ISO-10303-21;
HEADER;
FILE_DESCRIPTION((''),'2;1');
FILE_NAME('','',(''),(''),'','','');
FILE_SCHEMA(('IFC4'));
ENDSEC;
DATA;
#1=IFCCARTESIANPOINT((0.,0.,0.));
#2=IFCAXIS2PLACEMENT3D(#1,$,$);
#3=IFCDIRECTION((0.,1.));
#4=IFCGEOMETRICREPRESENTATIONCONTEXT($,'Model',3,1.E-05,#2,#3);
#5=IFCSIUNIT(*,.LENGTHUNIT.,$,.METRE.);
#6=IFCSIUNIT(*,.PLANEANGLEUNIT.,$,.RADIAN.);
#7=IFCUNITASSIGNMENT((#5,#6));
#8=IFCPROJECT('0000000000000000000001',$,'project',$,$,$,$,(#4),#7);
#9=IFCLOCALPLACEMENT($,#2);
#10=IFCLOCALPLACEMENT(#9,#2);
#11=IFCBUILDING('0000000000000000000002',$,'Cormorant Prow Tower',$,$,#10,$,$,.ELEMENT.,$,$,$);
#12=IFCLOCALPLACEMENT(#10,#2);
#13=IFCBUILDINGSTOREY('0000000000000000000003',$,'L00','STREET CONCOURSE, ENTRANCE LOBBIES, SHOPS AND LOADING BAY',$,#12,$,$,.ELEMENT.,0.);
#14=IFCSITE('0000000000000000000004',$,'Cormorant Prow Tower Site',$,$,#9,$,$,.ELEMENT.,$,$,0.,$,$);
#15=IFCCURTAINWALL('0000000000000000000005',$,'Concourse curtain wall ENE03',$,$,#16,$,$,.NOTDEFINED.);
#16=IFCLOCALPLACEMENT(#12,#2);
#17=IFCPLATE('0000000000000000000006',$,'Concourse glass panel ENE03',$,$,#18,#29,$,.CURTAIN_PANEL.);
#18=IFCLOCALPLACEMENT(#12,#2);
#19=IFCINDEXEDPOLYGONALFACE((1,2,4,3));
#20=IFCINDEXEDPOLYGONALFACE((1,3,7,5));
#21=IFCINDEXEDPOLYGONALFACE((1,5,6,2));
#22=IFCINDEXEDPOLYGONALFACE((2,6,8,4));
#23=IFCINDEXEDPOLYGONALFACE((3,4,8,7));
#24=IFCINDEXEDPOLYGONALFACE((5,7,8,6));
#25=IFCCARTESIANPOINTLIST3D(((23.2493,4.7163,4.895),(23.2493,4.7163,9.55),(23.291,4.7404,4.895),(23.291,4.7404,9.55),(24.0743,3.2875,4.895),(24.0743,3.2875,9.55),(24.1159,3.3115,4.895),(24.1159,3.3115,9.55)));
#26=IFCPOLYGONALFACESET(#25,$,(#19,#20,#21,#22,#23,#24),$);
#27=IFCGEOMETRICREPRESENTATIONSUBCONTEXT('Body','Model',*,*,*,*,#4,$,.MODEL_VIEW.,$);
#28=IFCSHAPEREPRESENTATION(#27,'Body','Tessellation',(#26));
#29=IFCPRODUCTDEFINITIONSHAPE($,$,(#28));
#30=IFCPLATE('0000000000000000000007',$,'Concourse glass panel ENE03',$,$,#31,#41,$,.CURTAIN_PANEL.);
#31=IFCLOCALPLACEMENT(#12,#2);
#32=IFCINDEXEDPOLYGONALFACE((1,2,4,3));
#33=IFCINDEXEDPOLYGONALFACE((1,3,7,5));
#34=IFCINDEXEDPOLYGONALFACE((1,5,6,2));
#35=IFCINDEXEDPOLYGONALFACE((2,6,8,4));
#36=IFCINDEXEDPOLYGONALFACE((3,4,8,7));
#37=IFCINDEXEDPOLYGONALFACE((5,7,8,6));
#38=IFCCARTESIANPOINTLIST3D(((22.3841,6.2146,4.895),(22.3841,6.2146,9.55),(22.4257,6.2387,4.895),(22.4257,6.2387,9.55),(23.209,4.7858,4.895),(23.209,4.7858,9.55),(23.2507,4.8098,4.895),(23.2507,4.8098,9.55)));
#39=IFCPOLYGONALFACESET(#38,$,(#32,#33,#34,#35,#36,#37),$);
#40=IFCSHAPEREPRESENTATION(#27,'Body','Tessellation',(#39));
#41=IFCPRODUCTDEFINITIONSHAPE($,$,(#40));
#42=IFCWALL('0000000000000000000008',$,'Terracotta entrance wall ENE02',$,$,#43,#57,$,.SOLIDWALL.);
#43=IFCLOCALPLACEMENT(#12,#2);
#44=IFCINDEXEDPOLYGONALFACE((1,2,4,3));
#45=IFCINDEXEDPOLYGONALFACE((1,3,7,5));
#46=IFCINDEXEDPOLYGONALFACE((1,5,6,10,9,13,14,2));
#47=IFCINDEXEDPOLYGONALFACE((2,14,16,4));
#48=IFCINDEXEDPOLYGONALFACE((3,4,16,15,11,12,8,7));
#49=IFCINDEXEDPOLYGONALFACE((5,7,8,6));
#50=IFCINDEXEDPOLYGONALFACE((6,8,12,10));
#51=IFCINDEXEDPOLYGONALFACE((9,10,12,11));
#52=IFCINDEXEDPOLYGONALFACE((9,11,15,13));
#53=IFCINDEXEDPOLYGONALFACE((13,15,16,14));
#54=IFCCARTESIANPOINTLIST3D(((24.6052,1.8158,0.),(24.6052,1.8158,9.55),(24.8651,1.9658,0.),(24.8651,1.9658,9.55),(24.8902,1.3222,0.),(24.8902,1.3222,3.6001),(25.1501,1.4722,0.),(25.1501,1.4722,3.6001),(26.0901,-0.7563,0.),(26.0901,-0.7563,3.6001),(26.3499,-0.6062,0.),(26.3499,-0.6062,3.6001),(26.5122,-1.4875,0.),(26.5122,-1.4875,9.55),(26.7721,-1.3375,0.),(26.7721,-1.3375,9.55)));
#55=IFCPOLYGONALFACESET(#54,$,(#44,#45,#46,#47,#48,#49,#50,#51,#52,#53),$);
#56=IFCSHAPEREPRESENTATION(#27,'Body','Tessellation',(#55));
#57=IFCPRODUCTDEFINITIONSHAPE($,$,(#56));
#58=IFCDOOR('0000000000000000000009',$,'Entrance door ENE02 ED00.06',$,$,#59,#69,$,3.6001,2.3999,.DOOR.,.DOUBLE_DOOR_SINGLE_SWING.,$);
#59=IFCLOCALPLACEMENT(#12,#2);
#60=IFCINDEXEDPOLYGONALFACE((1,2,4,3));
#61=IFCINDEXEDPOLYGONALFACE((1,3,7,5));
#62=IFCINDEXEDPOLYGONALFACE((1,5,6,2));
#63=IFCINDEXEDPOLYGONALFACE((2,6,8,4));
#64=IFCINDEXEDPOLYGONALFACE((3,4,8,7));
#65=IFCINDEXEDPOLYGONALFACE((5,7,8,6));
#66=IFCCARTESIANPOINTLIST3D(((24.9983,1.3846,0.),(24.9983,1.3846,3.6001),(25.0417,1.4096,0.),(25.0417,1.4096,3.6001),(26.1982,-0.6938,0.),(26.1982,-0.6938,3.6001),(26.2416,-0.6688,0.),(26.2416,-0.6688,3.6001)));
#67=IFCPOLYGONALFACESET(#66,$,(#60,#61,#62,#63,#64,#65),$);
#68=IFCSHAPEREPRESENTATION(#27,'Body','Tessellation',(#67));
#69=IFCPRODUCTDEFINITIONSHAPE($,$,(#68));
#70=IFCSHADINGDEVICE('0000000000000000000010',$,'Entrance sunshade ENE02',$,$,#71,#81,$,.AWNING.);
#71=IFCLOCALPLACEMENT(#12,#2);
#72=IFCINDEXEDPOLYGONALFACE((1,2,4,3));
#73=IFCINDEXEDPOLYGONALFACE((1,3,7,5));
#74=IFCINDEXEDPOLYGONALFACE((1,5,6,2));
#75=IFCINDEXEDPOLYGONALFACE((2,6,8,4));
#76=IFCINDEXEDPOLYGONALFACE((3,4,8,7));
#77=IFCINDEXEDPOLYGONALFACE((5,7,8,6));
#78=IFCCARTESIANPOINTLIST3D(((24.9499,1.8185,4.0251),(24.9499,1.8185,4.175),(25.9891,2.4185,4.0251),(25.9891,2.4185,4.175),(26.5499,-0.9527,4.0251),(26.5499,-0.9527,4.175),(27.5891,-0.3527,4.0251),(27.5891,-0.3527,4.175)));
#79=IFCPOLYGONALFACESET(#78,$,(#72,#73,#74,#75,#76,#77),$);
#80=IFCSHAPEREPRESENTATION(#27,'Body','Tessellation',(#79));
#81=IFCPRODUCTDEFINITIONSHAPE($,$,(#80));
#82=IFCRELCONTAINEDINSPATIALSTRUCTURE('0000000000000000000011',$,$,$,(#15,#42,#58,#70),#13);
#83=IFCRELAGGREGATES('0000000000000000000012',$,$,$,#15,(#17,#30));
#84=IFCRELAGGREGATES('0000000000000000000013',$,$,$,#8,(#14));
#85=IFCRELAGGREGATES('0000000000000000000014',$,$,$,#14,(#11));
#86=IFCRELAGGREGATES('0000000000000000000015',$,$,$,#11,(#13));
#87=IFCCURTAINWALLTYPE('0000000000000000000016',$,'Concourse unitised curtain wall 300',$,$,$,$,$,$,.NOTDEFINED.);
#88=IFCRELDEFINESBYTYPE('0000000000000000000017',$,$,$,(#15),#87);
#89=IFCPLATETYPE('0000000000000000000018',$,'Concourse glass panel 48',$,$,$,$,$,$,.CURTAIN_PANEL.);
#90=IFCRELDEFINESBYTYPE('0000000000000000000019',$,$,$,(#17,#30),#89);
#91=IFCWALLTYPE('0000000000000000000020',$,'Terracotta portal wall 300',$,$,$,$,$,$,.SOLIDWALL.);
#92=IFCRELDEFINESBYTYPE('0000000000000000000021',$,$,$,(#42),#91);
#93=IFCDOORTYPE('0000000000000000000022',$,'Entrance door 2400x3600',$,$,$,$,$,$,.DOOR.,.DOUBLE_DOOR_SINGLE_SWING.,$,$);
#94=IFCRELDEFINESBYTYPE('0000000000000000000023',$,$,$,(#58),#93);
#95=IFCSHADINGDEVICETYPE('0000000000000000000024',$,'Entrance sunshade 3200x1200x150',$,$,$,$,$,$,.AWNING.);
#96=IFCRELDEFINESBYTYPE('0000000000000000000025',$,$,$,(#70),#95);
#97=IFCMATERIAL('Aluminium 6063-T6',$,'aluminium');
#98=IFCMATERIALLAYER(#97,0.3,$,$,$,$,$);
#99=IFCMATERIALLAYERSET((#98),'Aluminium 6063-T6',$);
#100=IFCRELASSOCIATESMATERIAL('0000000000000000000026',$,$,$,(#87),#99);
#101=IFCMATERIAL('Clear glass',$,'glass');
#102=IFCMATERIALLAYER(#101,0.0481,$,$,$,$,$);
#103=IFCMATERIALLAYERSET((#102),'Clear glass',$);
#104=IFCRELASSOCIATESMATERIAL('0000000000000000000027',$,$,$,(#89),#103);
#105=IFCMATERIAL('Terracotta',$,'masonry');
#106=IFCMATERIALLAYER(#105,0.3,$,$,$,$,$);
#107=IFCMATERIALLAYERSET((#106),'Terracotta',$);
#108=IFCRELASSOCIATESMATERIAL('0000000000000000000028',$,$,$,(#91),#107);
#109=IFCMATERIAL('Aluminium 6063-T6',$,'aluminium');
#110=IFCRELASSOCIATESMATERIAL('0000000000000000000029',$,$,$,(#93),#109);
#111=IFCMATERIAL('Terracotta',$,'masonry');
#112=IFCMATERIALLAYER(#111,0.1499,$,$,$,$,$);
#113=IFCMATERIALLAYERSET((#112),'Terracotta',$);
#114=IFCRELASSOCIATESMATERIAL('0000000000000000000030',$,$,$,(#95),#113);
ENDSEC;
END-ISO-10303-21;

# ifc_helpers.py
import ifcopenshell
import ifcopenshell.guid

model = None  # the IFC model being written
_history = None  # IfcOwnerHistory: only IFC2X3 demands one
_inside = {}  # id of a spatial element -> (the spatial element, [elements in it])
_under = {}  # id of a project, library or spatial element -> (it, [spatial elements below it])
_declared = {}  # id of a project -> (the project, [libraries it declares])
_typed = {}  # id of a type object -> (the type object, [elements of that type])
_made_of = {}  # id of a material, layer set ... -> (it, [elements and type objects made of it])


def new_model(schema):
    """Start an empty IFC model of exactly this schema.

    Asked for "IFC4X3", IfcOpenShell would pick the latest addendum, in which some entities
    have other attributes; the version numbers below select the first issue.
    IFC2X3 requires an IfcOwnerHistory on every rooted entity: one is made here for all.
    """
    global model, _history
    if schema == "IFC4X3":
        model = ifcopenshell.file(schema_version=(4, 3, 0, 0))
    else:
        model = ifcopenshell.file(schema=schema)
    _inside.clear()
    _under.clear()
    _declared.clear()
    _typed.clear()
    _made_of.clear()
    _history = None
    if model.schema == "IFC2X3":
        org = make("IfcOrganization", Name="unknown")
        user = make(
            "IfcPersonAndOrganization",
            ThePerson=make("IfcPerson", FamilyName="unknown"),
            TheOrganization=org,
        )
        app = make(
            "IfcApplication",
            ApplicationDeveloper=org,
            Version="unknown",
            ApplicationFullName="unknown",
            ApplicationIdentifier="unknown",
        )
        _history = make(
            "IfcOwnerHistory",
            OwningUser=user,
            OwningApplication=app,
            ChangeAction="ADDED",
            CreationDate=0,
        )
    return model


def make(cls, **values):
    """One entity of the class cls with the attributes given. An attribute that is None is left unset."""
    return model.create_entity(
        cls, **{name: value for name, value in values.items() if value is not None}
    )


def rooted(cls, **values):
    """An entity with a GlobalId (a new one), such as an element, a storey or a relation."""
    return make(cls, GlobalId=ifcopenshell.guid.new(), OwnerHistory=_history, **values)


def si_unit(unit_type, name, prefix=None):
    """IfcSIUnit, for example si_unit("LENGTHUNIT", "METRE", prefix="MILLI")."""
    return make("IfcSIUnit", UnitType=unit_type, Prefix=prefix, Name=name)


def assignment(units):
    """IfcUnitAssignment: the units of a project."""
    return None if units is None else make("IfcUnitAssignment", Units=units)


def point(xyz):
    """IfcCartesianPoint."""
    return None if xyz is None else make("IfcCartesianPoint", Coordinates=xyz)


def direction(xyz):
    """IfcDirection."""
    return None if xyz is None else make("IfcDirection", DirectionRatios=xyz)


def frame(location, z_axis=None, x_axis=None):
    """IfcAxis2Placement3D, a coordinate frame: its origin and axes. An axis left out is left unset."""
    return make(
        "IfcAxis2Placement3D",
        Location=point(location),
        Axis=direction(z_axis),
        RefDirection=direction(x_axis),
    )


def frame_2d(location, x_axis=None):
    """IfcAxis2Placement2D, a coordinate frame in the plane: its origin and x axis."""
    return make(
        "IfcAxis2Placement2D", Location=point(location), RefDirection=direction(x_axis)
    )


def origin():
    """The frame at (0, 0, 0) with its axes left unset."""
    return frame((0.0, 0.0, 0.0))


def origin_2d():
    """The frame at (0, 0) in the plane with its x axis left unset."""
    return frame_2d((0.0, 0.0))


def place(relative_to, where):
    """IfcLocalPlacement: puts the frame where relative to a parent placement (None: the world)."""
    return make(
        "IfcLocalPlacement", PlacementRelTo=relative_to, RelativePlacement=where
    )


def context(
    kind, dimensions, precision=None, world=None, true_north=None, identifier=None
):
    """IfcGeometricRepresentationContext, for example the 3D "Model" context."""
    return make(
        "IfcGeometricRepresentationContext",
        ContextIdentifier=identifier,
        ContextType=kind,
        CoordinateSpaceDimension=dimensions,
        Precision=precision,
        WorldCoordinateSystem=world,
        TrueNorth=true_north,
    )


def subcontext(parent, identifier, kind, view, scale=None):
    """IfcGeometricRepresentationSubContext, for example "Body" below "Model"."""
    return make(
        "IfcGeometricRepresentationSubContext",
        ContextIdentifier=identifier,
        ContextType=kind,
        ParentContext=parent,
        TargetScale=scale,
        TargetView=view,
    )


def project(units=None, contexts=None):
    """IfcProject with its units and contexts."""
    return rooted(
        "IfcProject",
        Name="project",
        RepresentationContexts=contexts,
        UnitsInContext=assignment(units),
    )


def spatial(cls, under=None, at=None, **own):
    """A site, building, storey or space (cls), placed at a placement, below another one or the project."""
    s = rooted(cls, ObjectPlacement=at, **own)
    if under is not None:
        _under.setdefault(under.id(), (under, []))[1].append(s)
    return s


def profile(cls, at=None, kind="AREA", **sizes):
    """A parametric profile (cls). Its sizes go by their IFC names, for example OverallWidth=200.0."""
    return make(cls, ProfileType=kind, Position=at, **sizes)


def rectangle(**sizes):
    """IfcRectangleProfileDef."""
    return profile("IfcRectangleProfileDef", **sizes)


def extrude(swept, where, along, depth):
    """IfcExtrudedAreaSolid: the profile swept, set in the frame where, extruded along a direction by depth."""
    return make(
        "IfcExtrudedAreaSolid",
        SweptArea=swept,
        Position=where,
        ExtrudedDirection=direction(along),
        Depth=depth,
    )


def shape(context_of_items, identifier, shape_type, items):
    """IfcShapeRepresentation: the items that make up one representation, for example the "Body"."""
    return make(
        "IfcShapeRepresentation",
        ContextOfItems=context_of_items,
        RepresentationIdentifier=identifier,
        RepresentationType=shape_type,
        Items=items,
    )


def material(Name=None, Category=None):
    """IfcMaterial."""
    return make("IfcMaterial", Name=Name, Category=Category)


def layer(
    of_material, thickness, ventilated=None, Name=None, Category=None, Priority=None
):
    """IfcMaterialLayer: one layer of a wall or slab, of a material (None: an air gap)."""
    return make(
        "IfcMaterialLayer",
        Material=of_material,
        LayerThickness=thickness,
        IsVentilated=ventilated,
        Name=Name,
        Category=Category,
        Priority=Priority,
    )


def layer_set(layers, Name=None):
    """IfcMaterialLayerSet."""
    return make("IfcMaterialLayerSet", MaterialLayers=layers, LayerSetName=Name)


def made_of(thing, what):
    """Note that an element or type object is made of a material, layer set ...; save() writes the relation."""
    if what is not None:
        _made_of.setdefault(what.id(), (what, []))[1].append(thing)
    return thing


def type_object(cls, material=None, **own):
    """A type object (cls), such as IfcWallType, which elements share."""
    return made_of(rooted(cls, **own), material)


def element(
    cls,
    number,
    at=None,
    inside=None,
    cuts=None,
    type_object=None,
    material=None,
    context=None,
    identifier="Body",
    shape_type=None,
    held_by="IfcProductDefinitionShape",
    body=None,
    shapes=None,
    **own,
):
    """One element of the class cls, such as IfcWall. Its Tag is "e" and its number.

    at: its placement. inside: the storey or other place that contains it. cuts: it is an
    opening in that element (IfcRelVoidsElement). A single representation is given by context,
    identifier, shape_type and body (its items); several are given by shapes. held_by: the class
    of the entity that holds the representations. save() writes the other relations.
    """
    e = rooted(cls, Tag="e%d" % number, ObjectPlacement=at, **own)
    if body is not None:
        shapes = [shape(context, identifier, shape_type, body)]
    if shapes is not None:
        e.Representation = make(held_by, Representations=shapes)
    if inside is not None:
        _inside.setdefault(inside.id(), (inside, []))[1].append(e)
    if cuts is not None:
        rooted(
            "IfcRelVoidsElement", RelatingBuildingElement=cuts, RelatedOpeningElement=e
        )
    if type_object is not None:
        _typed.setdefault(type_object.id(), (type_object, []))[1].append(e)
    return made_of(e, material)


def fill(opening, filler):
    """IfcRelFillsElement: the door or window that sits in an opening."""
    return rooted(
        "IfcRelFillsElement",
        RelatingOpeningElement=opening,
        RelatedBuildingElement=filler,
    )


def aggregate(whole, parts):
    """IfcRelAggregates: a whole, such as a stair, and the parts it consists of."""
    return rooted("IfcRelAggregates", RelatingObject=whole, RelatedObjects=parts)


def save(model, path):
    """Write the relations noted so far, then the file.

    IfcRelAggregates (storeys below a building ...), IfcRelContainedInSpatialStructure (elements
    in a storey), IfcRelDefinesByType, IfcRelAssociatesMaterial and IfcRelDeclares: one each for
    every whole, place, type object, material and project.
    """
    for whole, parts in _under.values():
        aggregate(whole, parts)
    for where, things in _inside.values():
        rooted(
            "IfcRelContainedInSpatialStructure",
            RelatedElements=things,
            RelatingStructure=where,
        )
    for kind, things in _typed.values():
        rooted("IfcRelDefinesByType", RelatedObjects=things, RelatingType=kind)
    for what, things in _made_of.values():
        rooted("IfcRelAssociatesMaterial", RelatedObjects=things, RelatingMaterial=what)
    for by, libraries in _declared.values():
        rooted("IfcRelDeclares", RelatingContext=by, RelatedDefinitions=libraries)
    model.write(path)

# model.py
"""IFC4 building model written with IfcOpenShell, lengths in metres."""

from ifc_helpers import new_model, si_unit, direction, frame, frame_2d, origin, origin_2d, place, context, subcontext, project, spatial, rectangle, extrude, material, layer, layer_set, type_object, element, fill, aggregate, save


model = new_model("IFC4")

# Units and contexts
model_context = context("Model", 3, precision=1e-05, world=origin(), true_north=direction((0.0, 1.0)))
body_context = subcontext(model_context, "Body", "Model", "MODEL_VIEW")
ifc_project = project(units=[si_unit("LENGTHUNIT", "METRE"), si_unit("PLANEANGLEUNIT", "RADIAN")], contexts=[model_context])

# Site, building, storey
site_placement = place(None, origin())
site = spatial("IfcSite", under=ifc_project, at=site_placement, Name="Cormorant Prow Tower Site", CompositionType="ELEMENT", RefElevation=0.0)
building_placement = place(site_placement, origin())
building = spatial("IfcBuilding", under=site, at=building_placement, Name="Cormorant Prow Tower", CompositionType="ELEMENT")
storey_placement = place(building_placement, origin())
storey = spatial("IfcBuildingStorey", under=building, at=storey_placement, Name="L00", Description="STREET CONCOURSE, ENTRANCE LOBBIES, SHOPS AND LOADING BAY", CompositionType="ELEMENT", Elevation=0.0)

# Curtain wall
ifc_material_1 = material(Name="Aluminium 6063-T6", Category="aluminium")
ifc_layer_1 = layer(ifc_material_1, 0.3)
ifc_layer_set_1 = layer_set([ifc_layer_1], Name="Aluminium 6063-T6")
curtain_wall_type = type_object("IfcCurtainWallType", Name="Concourse unitised curtain wall 300", PredefinedType="NOTDEFINED", material=ifc_layer_set_1)
curtain_wall_1_placement = place(storey_placement, origin())
curtain_wall_1 = element("IfcCurtainWall", 1, at=curtain_wall_1_placement, inside=storey, type_object=curtain_wall_type, Name="Concourse curtain wall ENE03", PredefinedType="NOTDEFINED")

# Plates
ifc_material_2 = material(Name="Clear glass", Category="glass")
ifc_layer_2 = layer(ifc_material_2, 0.0481)
ifc_layer_set_2 = layer_set([ifc_layer_2], Name="Clear glass")
plate_type = type_object("IfcPlateType", Name="Concourse glass panel 48", PredefinedType="CURTAIN_PANEL", material=ifc_layer_set_2)
plate_1_placement = place(storey_placement, frame((23.6826, 4.0139, 4.895), z_axis=(0.0, 0.0, 1.0), x_axis=(-0.5, 0.866025, 0.0)))
plate_1 = element("IfcPlate", 2, at=plate_1_placement, type_object=plate_type, Name="Concourse glass panel ENE03", PredefinedType="CURTAIN_PANEL", context=body_context, shape_type="SweptSolid", body=[
    extrude(rectangle(XDim=1.6499, YDim=0.0481, at=origin_2d()), origin(), (0.0, 0.0, 1.0), 4.655),
])
plate_2_placement = place(storey_placement, frame((22.8174, 5.5122, 4.895), z_axis=(0.0, 0.0, 1.0), x_axis=(-0.5, 0.866025, 0.0)))
plate_2 = element("IfcPlate", 3, at=plate_2_placement, type_object=plate_type, Name="Concourse glass panel ENE03", PredefinedType="CURTAIN_PANEL", context=body_context, shape_type="SweptSolid", body=[
    extrude(rectangle(XDim=1.6499, YDim=0.0481, at=origin_2d()), origin(), (0.0, 0.0, 1.0), 4.655),
])
aggregate(curtain_wall_1, [plate_1, plate_2])

# Wall, opening, door
ifc_material_3 = material(Name="Terracotta", Category="masonry")
ifc_layer_3 = layer(ifc_material_3, 0.3)
ifc_layer_set_3 = layer_set([ifc_layer_3], Name="Terracotta")
wall_type = type_object("IfcWallType", Name="Terracotta portal wall 300", PredefinedType="SOLIDWALL", material=ifc_layer_set_3)
wall_placement = place(storey_placement, frame((24.7351, 1.8909, 0.0), z_axis=(0.0, 0.0, 1.0), x_axis=(0.499974, -0.866041, 0.0)))
wall = element("IfcWall", 4, at=wall_placement, inside=storey, type_object=wall_type, Name="Terracotta entrance wall ENE02", PredefinedType="SOLIDWALL", context=body_context, shape_type="SweptSolid", body=[
    extrude(rectangle(XDim=3.8142, YDim=0.3, at=frame_2d((1.9072, 0.0))), origin(), (0.0, 0.0, 1.0), 9.55),
])
opening_placement = place(wall_placement, frame((0.5701, 0.0, 0.0)))
opening = element("IfcOpeningElement", 5, at=opening_placement, cuts=wall, PredefinedType="OPENING", context=body_context, shape_type="SweptSolid", body=[
    extrude(rectangle(XDim=2.3999, YDim=3.6001, at=frame_2d((1.2, 1.8))), frame((0.0, 0.1599, 0.0), z_axis=(0.0, -1.0, 0.0), x_axis=(1.0, 0.0, 0.0)), (0.0, 0.0, 1.0), 0.3201),
])
ifc_material_4 = material(Name="Aluminium 6063-T6", Category="aluminium")
door_type = type_object("IfcDoorType", Name="Entrance door 2400x3600", OperationType="DOUBLE_DOOR_SINGLE_SWING", PredefinedType="DOOR", material=ifc_material_4)
door_placement = place(opening_placement, origin())
door = element("IfcDoor", 6, at=door_placement, inside=storey, type_object=door_type, Name="Entrance door ENE02 ED00.06", OperationType="DOUBLE_DOOR_SINGLE_SWING", OverallHeight=3.6001, OverallWidth=2.3999, PredefinedType="DOOR", context=body_context, shape_type="SweptSolid", body=[
    extrude(rectangle(XDim=2.3999, YDim=3.6001, at=frame_2d((1.2, 1.8))), frame((0.0, 0.0249, 0.0), z_axis=(0.0, -1.0, 0.0), x_axis=(1.0, 0.0, 0.0)), (0.0, 0.0, 1.0), 0.05),
])
fill(opening, door)

# Shading device
ifc_material_5 = material(Name="Terracotta", Category="masonry")
ifc_layer_4 = layer(ifc_material_5, 0.1499)
ifc_layer_set_4 = layer_set([ifc_layer_4], Name="Terracotta")
shading_device_type = type_object("IfcShadingDeviceType", Name="Entrance sunshade 3200x1200x150", PredefinedType="AWNING", material=ifc_layer_set_4)
shading_device_placement = place(storey_placement, frame((26.2695, 0.7329, 4.0251), z_axis=(0.0, 0.0, 1.0), x_axis=(-0.5, 0.866025, 0.0)))
element("IfcShadingDevice", 7, at=shading_device_placement, inside=storey, type_object=shading_device_type, Name="Entrance sunshade ENE02", PredefinedType="AWNING", context=body_context, shape_type="SweptSolid", body=[
    extrude(rectangle(XDim=3.2, YDim=1.2, at=origin_2d()), origin(), (0.0, 0.0, 1.0), 0.1499),
])

save(model, "model.ifc")
